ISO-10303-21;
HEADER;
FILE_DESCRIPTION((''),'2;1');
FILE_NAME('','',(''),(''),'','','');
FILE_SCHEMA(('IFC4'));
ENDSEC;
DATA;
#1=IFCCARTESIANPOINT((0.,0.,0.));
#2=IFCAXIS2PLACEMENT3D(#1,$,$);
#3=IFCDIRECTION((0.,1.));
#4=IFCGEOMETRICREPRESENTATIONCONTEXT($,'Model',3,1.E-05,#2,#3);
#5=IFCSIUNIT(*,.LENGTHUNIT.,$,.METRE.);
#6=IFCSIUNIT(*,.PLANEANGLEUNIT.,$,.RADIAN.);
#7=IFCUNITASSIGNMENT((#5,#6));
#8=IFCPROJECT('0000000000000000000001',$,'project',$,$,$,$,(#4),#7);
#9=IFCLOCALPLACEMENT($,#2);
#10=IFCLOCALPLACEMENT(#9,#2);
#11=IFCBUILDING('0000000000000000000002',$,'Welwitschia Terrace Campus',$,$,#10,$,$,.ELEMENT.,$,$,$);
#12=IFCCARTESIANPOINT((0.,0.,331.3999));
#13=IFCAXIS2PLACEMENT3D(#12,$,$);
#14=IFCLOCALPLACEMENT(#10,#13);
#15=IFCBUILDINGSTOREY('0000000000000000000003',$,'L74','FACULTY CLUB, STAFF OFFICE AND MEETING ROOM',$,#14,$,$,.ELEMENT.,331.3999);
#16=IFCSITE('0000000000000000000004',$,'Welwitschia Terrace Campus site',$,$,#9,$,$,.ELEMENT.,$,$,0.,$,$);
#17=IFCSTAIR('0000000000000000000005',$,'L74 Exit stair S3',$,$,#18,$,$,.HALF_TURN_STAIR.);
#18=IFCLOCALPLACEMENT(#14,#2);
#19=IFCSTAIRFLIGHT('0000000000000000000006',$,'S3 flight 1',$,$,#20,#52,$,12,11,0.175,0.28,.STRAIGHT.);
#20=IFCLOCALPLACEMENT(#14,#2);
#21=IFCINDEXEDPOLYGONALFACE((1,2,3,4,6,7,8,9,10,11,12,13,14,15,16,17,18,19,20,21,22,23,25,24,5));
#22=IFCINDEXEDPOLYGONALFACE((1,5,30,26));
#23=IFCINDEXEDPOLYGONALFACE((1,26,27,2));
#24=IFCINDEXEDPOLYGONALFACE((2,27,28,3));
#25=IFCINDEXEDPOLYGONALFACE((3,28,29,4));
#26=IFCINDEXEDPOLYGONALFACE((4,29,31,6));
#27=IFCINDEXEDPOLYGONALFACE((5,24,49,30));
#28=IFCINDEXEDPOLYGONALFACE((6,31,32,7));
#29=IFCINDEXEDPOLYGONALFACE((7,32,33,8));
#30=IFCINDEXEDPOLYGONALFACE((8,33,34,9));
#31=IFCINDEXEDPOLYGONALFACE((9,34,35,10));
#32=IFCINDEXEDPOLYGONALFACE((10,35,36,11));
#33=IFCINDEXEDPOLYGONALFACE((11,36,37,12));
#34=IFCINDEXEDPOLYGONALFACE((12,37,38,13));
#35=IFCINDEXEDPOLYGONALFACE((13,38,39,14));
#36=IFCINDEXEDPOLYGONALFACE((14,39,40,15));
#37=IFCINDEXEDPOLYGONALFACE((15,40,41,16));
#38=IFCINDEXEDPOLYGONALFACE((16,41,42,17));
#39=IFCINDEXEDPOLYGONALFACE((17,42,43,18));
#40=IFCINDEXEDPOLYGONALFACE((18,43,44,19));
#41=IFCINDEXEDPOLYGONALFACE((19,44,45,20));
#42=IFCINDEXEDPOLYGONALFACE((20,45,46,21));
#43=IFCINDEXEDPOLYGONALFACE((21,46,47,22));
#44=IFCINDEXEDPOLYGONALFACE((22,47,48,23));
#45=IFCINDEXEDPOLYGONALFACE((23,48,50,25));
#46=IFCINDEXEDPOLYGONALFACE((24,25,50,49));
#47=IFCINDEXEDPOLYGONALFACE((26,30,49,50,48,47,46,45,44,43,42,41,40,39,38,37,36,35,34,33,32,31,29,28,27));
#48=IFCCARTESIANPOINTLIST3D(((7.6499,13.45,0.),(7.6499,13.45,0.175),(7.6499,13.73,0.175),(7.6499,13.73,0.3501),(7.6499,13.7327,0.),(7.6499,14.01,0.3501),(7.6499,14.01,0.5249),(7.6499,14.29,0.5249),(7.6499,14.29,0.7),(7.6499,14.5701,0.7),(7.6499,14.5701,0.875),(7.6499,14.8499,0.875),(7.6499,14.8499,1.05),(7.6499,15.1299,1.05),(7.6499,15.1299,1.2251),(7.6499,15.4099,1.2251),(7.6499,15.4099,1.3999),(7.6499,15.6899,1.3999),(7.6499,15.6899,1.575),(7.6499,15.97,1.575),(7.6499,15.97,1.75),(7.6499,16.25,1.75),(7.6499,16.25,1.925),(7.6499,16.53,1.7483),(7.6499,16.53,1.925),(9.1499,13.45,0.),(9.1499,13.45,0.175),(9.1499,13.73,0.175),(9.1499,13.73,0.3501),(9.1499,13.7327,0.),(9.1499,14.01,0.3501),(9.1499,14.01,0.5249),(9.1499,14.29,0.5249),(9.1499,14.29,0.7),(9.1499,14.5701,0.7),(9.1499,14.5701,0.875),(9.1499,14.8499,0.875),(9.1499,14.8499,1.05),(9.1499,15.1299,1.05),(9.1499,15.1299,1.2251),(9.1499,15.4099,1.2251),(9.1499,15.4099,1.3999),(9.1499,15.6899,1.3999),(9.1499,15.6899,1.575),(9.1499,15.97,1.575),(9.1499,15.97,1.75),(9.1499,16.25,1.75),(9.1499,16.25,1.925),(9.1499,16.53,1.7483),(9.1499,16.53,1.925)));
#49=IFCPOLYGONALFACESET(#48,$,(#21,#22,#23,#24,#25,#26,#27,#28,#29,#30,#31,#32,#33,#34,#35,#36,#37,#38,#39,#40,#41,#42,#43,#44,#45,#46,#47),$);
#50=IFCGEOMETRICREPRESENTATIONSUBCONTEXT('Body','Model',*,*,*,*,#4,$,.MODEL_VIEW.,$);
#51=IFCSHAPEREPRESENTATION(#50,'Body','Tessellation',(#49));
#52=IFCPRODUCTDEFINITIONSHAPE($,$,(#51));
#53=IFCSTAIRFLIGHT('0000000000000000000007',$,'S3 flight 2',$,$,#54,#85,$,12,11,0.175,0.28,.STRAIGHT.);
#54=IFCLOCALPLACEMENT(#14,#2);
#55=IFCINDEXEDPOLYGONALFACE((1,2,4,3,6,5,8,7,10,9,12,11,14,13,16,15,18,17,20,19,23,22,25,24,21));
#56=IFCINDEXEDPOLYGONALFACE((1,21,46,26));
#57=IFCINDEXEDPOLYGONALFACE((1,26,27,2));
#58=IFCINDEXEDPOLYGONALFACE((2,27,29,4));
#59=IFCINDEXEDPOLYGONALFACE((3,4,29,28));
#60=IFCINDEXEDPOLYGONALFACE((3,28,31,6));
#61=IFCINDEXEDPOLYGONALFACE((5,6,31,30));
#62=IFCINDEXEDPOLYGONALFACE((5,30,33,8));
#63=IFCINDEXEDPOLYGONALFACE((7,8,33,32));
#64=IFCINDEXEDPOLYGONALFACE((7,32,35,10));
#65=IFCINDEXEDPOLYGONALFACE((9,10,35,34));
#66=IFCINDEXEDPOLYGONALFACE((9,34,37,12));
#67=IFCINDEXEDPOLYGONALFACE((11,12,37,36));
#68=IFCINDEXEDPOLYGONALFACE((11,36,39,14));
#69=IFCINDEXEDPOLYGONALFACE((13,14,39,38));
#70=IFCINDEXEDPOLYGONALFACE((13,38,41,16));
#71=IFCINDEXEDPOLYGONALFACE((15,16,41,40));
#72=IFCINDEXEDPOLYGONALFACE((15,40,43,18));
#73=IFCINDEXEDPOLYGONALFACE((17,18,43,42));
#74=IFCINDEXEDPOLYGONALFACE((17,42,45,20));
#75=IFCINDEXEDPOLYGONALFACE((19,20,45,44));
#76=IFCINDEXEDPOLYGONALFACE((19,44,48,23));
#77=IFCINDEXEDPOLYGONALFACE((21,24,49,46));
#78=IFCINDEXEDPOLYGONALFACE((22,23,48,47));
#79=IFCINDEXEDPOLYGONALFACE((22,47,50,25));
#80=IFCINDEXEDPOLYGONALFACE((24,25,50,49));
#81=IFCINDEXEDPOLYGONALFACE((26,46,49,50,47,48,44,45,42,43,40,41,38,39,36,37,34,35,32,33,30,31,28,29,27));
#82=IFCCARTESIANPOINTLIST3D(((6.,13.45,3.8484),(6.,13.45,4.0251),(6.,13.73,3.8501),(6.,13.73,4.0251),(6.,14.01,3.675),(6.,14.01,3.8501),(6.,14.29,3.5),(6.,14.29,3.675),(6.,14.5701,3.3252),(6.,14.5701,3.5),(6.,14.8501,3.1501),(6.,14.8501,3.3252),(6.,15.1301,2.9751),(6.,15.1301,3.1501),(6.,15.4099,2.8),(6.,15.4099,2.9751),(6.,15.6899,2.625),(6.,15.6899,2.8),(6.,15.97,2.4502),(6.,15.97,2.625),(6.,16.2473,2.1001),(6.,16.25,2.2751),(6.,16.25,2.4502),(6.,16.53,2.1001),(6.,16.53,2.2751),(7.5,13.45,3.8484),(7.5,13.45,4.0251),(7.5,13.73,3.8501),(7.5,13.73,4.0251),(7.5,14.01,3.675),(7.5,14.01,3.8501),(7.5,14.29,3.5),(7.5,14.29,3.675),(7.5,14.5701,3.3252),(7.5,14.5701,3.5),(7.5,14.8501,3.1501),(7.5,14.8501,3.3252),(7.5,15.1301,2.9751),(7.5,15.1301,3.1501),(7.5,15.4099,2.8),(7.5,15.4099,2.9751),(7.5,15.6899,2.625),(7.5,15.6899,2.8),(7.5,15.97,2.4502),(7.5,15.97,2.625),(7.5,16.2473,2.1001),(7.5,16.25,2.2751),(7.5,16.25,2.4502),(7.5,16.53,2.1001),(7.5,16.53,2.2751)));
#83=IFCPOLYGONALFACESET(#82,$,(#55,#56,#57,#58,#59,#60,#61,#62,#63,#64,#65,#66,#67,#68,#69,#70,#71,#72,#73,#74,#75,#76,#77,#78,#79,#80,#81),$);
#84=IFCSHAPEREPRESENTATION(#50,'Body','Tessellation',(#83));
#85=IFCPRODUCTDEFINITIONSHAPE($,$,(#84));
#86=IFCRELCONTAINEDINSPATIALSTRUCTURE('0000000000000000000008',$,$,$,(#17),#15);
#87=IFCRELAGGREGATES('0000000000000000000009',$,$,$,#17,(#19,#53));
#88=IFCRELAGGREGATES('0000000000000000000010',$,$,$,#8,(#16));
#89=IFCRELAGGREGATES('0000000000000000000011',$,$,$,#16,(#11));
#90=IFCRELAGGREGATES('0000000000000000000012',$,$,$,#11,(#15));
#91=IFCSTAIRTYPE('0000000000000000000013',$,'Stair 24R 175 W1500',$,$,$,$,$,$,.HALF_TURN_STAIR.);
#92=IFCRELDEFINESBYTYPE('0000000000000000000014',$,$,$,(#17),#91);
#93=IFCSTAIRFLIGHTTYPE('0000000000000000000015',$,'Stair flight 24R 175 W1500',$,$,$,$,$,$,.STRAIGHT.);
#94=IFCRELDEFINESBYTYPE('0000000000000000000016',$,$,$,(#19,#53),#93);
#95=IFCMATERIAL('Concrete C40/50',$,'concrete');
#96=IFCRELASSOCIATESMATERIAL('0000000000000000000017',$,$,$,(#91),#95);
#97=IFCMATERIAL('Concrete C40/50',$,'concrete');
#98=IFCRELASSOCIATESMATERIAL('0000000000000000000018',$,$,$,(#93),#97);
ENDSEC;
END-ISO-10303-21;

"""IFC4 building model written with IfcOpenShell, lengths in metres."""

from ifc_helpers import new_model, si_unit, direction, frame, origin, place, context, subcontext, project, spatial, polyline, outline, extrude, material, type_object, element, aggregate, save


model = new_model("IFC4")

# Units and contexts
model_context = context("Model", 3, precision=1e-05, world=origin(), true_north=direction((0.0, 1.0)))
body_context = subcontext(model_context, "Body", "Model", "MODEL_VIEW")
ifc_project = project(units=[si_unit("LENGTHUNIT", "METRE"), si_unit("PLANEANGLEUNIT", "RADIAN")], contexts=[model_context])

# Site, building, storey
site_placement = place(None, origin())
site = spatial("IfcSite", under=ifc_project, at=site_placement, Name="Welwitschia Terrace Campus site", CompositionType="ELEMENT", RefElevation=0.0)
building_placement = place(site_placement, origin())
building = spatial("IfcBuilding", under=site, at=building_placement, Name="Welwitschia Terrace Campus", CompositionType="ELEMENT")
storey_placement = place(building_placement, frame((0.0, 0.0, 331.3999)))
storey = spatial("IfcBuildingStorey", under=building, at=storey_placement, Name="L74", Description="FACULTY CLUB, STAFF OFFICE AND MEETING ROOM", CompositionType="ELEMENT", Elevation=331.3999)

# Stair, stair flights
ifc_material_1 = material(Name="Concrete C40/50", Category="concrete")
stair_type = type_object("IfcStairType", Name="Stair 24R 175 W1500", PredefinedType="HALF_TURN_STAIR", material=ifc_material_1)
stair_placement = place(storey_placement, origin())
stair = element("IfcStair", 1, at=stair_placement, inside=storey, type_object=stair_type, Name="L74 Exit stair S3", PredefinedType="HALF_TURN_STAIR")
ifc_material_2 = material(Name="Concrete C40/50", Category="concrete")
stair_flight_type = type_object("IfcStairFlightType", Name="Stair flight 24R 175 W1500", PredefinedType="STRAIGHT", material=ifc_material_2)
stair_flight_1_placement = place(storey_placement, frame((8.3999, 13.45, 0.0), z_axis=(0.0, 0.0, 1.0), x_axis=(0.0, 1.0, 0.0)))
stair_flight_1 = element("IfcStairFlight", 2, at=stair_flight_1_placement, type_object=stair_flight_type, Name="S3 flight 1", NumberOfRisers=12, NumberOfTreads=11, PredefinedType="STRAIGHT", RiserHeight=0.175, TreadLength=0.28, context=body_context, shape_type="SweptSolid", body=[
    extrude(outline(polyline([(0.0, 0.0), (0.0, 0.175), (0.28, 0.175), (0.28, 0.3501), (0.5601, 0.3501), (0.5601, 0.5249), (0.8401, 0.5249), (0.8401, 0.7), (1.1201, 0.7), (1.1201, 0.875), (1.3999, 0.875), (1.3999, 1.05), (1.6799, 1.05), (1.6799, 1.2251), (1.96, 1.2251), (1.96, 1.3999), (2.24, 1.3999), (2.24, 1.575), (2.52, 1.575), (2.52, 1.75), (2.8, 1.75), (2.8, 1.925), (3.0801, 1.925), (3.0801, 2.1001), (3.0801, 1.7483), (0.2827, 0.0), (0.0, 0.0)])), frame((0.0, 0.75, 0.0), z_axis=(0.0, -1.0, 0.0), x_axis=(1.0, 0.0, 0.0)), (0.0, 0.0, 1.0), 1.5),
])
stair_flight_2_placement = place(storey_placement, frame((6.75, 16.53, 2.1001), z_axis=(0.0, 0.0, 1.0), x_axis=(0.0, -1.0, 0.0)))
stair_flight_2 = element("IfcStairFlight", 3, at=stair_flight_2_placement, type_object=stair_flight_type, Name="S3 flight 2", NumberOfRisers=12, NumberOfTreads=11, PredefinedType="STRAIGHT", RiserHeight=0.175, TreadLength=0.28, context=body_context, shape_type="SweptSolid", body=[
    extrude(outline(polyline([(0.0, 0.0), (0.0, 0.175), (0.28, 0.175), (0.28, 0.3501), (0.5601, 0.3501), (0.5601, 0.5249), (0.8401, 0.5249), (0.8401, 0.7), (1.1201, 0.7), (1.1201, 0.875), (1.3999, 0.875), (1.3999, 1.05), (1.6799, 1.05), (1.6799, 1.2251), (1.96, 1.2251), (1.96, 1.3999), (2.24, 1.3999), (2.24, 1.575), (2.52, 1.575), (2.52, 1.75), (2.8, 1.75), (2.8, 1.925), (3.0801, 1.925), (3.0801, 2.1001), (3.0801, 1.7483), (0.2827, 0.0), (0.0, 0.0)])), frame((0.0, 0.75, 0.0), z_axis=(0.0, -1.0, 0.0), x_axis=(1.0, 0.0, 0.0)), (0.0, 0.0, 1.0), 1.5),
])
aggregate(stair, [stair_flight_1, stair_flight_2])

save(model, "model.ifc")
